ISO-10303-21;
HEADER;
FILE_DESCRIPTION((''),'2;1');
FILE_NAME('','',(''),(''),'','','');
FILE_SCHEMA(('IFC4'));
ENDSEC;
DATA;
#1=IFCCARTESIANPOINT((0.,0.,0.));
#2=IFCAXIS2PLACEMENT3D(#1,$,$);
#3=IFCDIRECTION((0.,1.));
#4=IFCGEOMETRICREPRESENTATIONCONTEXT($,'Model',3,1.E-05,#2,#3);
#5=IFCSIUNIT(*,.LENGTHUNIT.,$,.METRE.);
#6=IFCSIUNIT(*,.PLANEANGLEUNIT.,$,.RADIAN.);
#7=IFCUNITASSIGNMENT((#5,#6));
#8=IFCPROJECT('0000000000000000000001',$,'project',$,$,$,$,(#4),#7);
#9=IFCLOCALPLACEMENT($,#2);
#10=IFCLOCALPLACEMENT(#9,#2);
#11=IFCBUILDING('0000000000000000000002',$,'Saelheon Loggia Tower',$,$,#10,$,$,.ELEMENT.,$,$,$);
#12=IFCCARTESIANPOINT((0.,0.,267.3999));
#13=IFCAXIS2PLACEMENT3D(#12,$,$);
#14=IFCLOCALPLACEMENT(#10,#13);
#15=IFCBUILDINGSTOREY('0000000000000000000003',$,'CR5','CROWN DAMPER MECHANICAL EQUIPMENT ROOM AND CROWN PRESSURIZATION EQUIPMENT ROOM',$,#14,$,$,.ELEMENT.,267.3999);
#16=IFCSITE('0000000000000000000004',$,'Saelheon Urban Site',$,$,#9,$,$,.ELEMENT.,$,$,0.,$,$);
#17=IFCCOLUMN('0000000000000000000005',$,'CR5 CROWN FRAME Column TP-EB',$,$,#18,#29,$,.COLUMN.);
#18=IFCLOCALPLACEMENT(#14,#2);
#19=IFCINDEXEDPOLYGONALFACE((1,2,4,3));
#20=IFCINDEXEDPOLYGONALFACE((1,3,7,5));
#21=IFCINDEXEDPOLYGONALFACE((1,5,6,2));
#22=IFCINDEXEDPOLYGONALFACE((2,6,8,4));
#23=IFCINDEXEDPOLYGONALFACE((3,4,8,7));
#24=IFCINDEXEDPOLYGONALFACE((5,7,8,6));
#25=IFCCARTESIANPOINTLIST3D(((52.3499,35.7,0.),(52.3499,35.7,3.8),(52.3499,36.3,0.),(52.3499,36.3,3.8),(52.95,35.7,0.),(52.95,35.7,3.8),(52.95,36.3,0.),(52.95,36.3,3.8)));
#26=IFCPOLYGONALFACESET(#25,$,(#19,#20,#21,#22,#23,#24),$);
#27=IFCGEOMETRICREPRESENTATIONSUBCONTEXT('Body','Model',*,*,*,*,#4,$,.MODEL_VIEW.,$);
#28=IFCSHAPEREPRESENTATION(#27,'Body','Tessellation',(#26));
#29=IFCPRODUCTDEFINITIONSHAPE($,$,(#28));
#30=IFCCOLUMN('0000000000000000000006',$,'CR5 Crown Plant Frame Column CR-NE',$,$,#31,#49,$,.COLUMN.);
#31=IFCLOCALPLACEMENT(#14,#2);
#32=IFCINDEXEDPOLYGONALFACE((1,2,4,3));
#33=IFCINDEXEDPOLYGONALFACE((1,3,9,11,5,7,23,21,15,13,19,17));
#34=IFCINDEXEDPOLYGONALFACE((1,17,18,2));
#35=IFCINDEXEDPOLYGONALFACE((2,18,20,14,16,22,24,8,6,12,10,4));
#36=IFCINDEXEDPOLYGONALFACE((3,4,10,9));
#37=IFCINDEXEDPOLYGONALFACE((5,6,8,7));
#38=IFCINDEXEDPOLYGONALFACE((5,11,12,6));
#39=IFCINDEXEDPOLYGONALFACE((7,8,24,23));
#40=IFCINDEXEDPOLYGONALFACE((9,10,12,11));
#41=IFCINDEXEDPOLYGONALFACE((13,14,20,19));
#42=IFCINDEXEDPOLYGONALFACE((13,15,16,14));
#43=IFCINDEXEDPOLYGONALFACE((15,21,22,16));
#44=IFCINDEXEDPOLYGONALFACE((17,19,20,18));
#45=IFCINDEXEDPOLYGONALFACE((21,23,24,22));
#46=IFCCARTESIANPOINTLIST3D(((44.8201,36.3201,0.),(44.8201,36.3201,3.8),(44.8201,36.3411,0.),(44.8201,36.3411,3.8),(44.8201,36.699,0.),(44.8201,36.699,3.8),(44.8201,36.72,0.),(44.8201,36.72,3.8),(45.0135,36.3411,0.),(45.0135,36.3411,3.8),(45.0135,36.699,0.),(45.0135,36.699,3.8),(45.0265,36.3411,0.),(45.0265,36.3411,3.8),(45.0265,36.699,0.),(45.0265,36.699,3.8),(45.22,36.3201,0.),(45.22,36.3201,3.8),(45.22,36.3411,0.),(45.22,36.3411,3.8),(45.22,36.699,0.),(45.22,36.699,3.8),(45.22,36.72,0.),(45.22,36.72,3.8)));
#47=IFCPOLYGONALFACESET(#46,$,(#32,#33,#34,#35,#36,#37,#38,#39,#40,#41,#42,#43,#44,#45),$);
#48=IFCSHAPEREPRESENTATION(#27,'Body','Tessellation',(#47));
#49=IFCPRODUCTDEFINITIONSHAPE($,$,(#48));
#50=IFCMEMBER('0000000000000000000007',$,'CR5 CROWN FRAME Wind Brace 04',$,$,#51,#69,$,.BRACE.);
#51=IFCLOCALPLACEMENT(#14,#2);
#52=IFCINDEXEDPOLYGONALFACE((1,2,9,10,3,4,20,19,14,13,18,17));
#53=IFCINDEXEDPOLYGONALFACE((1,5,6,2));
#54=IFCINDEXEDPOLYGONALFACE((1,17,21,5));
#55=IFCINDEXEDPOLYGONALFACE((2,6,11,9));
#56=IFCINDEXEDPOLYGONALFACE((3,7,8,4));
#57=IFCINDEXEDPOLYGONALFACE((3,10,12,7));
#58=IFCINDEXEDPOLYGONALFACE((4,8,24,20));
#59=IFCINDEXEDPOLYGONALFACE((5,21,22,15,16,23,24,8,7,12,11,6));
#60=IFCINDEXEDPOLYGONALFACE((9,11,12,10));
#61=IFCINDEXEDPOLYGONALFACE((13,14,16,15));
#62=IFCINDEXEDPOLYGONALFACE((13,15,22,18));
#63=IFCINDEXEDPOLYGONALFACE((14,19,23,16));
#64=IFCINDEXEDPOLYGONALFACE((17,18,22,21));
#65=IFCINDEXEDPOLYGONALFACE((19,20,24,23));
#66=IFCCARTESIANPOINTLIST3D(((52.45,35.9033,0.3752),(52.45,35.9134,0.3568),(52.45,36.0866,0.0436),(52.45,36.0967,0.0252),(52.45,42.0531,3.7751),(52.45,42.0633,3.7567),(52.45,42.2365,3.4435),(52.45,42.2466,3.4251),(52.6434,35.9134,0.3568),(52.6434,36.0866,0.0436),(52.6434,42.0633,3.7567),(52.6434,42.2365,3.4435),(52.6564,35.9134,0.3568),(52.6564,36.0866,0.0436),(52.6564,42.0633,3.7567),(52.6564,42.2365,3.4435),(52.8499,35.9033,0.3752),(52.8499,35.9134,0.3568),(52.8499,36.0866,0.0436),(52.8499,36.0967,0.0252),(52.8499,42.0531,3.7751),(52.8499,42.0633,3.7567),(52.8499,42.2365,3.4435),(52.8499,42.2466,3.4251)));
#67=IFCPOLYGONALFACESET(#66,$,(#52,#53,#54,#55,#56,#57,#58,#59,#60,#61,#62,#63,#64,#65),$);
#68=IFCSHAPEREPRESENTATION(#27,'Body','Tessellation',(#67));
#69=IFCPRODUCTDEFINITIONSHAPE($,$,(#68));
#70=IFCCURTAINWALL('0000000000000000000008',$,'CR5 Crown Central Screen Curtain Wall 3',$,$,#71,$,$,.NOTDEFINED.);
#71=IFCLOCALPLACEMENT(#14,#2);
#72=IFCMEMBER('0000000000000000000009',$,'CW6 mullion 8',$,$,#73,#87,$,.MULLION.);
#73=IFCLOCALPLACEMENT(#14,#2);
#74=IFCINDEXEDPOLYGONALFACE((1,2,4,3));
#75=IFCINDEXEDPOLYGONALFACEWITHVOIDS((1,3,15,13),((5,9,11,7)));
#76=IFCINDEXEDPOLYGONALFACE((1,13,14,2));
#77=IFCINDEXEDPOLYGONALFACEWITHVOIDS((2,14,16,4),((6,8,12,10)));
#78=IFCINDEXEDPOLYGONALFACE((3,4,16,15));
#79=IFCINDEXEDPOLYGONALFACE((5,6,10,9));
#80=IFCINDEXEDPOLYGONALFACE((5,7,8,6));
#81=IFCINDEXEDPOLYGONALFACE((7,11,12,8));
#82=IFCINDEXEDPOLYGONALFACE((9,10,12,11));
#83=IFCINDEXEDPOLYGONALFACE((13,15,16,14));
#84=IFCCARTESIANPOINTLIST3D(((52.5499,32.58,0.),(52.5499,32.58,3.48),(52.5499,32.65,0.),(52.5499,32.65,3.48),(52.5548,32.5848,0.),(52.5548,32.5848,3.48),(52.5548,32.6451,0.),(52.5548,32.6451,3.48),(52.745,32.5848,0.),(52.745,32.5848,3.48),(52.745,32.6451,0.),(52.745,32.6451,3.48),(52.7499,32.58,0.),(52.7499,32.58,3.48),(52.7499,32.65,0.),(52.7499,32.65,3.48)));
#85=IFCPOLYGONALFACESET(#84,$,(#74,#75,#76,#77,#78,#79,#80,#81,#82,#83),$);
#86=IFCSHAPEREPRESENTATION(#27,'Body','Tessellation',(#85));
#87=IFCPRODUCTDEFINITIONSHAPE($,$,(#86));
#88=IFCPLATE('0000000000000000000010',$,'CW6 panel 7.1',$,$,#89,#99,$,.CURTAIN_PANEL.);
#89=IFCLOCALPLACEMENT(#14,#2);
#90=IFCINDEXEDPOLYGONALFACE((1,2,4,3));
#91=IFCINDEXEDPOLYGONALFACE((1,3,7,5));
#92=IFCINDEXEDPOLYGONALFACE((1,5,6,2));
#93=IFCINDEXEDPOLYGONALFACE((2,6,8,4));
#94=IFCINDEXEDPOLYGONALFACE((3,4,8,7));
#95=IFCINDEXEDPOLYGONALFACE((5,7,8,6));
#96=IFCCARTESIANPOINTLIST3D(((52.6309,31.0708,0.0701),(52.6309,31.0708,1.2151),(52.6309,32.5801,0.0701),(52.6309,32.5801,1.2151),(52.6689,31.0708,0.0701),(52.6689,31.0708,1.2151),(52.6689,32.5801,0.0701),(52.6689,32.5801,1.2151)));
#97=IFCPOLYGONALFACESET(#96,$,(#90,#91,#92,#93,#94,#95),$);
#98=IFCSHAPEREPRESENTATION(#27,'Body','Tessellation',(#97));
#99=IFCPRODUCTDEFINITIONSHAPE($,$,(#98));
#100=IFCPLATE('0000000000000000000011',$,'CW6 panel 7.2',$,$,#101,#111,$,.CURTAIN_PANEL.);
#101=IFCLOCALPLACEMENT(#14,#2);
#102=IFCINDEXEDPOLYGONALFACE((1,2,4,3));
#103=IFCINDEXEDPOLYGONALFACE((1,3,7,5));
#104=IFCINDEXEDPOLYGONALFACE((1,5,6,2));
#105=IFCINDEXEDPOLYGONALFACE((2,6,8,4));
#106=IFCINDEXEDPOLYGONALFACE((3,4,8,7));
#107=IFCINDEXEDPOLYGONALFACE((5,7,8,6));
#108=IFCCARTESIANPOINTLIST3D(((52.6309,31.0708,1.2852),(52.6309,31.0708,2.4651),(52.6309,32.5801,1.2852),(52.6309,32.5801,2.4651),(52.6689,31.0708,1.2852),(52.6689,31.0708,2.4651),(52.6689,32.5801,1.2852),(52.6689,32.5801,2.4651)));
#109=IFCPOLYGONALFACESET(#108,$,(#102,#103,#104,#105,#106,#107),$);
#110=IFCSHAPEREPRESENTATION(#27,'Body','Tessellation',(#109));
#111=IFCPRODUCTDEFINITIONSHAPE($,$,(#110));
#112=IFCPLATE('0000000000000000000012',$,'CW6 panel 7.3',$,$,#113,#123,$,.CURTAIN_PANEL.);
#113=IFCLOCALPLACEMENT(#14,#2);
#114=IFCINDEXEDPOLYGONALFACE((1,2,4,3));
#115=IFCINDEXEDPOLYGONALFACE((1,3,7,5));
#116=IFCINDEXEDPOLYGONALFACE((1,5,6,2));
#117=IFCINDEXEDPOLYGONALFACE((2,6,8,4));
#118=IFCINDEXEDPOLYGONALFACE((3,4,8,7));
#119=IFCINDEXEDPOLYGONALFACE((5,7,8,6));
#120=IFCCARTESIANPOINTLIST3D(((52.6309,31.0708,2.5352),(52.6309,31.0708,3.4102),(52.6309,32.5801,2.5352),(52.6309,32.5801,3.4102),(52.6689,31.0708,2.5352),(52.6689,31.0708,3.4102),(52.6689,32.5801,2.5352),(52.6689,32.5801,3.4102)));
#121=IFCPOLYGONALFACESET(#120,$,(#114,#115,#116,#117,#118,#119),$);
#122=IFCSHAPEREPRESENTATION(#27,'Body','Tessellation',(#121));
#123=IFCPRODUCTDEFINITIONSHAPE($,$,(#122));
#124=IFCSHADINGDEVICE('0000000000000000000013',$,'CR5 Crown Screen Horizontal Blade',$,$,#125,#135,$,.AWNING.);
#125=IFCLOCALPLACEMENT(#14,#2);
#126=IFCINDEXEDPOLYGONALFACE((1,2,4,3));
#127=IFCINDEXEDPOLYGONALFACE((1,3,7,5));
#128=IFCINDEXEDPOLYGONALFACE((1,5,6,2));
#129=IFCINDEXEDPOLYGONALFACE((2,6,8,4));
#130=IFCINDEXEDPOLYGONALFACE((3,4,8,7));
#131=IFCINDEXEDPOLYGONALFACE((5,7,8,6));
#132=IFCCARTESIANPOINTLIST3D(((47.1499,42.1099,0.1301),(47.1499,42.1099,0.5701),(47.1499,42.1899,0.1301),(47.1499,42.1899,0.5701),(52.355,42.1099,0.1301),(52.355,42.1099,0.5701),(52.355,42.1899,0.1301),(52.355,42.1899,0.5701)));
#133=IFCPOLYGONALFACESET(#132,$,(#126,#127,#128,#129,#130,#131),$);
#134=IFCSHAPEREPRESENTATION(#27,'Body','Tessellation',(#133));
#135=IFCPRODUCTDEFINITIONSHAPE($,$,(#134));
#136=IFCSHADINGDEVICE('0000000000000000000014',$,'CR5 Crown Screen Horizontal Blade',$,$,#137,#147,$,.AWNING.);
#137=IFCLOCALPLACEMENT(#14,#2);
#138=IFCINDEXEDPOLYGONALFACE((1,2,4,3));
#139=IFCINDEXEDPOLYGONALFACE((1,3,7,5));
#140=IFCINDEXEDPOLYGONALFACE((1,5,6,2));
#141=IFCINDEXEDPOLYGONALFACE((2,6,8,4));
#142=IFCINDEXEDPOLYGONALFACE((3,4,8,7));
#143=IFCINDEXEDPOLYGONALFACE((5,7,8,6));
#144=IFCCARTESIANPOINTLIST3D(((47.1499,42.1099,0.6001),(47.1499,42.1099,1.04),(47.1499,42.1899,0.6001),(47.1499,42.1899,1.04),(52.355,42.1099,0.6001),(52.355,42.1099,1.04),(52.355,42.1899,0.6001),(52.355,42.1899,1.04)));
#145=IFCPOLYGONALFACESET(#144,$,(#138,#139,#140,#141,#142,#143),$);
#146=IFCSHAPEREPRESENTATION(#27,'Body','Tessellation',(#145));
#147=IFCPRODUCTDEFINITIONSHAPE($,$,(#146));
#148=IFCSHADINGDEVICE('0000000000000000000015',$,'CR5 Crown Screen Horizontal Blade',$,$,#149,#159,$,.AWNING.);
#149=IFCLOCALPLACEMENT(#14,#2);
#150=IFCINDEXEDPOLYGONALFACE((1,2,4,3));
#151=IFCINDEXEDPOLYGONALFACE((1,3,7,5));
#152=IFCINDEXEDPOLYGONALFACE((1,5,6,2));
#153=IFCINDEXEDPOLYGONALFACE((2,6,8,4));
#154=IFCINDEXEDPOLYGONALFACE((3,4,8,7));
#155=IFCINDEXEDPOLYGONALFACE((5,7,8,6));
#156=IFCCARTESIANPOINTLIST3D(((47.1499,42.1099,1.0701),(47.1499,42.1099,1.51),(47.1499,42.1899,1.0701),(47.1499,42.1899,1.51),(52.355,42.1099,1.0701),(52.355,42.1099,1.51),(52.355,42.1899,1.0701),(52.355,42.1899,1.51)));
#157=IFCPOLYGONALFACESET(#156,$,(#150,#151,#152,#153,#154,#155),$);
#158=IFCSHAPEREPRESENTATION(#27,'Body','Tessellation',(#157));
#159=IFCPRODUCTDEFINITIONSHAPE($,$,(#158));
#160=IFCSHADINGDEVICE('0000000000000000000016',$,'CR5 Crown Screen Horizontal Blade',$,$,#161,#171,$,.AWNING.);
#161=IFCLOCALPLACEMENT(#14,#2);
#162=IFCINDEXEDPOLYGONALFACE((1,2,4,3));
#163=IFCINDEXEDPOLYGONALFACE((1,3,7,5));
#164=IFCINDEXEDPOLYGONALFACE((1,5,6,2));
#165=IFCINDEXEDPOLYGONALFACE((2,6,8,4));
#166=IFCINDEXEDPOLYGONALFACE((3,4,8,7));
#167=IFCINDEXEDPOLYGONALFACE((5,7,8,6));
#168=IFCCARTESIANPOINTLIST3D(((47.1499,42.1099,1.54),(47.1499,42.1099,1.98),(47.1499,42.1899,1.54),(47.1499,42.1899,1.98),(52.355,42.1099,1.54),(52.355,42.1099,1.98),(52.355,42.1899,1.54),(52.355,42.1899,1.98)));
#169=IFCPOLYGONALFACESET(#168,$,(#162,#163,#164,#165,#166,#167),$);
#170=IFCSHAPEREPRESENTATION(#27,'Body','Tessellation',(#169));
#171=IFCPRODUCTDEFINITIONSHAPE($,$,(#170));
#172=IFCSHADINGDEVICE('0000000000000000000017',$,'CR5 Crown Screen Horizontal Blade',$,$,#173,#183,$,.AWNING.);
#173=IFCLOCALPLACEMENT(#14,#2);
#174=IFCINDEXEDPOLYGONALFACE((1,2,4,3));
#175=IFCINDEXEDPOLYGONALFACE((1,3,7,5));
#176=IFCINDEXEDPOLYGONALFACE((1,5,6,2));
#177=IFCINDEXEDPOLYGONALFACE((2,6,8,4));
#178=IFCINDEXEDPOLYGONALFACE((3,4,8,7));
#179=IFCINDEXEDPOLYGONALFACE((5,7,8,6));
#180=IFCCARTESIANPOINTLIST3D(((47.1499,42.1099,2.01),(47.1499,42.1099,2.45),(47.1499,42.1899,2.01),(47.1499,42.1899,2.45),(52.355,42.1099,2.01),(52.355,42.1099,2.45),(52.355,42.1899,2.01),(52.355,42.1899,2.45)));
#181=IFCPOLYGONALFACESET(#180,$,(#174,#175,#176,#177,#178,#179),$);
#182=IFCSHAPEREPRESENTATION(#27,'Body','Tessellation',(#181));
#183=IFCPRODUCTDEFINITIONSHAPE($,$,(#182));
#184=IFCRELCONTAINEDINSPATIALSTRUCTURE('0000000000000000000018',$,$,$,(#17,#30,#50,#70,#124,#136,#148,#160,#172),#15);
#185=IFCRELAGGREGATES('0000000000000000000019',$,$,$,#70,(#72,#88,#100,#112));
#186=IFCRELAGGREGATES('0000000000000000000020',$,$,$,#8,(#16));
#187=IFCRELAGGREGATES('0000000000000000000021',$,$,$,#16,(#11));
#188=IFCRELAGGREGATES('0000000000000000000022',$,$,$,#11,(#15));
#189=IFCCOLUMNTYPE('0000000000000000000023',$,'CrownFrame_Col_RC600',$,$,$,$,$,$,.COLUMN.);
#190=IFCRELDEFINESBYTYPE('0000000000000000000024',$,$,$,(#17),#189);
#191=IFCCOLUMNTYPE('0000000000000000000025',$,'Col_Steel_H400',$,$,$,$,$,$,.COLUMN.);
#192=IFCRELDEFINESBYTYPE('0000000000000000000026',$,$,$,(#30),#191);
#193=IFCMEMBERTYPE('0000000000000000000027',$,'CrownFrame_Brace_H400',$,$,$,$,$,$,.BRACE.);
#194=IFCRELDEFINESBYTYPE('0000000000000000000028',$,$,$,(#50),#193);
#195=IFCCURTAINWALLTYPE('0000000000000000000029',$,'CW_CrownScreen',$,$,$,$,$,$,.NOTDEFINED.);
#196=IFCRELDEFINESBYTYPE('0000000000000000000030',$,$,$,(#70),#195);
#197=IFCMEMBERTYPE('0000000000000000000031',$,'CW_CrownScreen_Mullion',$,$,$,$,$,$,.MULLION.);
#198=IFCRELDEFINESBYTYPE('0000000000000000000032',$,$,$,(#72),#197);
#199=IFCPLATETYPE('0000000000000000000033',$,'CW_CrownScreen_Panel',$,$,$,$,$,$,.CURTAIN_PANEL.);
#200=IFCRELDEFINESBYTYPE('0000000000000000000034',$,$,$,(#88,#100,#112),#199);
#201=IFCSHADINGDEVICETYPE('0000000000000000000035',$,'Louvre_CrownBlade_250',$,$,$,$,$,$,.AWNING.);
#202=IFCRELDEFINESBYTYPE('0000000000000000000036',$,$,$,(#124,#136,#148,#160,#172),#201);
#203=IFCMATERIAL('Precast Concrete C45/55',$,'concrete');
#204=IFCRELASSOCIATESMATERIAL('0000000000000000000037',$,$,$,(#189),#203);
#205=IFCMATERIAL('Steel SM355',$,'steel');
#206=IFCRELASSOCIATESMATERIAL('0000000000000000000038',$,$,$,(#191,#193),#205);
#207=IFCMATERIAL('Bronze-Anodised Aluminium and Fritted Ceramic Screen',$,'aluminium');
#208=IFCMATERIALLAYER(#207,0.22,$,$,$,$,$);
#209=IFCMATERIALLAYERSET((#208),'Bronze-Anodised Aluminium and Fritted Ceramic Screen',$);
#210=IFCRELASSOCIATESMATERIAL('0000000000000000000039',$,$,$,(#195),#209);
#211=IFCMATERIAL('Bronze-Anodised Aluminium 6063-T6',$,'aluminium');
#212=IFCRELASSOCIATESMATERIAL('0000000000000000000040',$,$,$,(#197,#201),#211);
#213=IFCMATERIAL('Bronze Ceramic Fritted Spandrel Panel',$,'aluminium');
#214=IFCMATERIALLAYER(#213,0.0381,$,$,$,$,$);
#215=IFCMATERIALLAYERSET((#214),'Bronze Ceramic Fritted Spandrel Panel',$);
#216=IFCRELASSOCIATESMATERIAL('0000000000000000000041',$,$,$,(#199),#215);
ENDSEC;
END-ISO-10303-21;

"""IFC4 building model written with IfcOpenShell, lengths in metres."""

from ifc_helpers import new_model, si_unit, direction, frame, origin, origin_2d, place, context, subcontext, project, spatial, rectangle, hollow_rectangle, i_section, extrude, source, transform, mapped, material, layer, layer_set, material_profile, profile_set, type_object, element, aggregate, save


model = new_model("IFC4")

# Units and contexts
model_context = context("Model", 3, precision=1e-05, world=origin(), true_north=direction((0.0, 1.0)))
body_context = subcontext(model_context, "Body", "Model", "MODEL_VIEW")
ifc_project = project(units=[si_unit("LENGTHUNIT", "METRE"), si_unit("PLANEANGLEUNIT", "RADIAN")], contexts=[model_context])

# Site, building, storey
site_placement = place(None, origin())
site = spatial("IfcSite", under=ifc_project, at=site_placement, Name="Saelheon Urban Site", CompositionType="ELEMENT", RefElevation=0.0)
building_placement = place(site_placement, origin())
building = spatial("IfcBuilding", under=site, at=building_placement, Name="Saelheon Loggia Tower", CompositionType="ELEMENT")
storey_placement = place(building_placement, frame((0.0, 0.0, 267.3999)))
storey = spatial("IfcBuildingStorey", under=building, at=storey_placement, Name="CR5", Description="CROWN DAMPER MECHANICAL EQUIPMENT ROOM AND CROWN PRESSURIZATION EQUIPMENT ROOM", CompositionType="ELEMENT", Elevation=267.3999)

# Columns
ifc_material_1 = material(Name="Precast Concrete C45/55", Category="concrete")
ifc_material_profile_1 = material_profile(ifc_material_1, rectangle(XDim=0.6001, YDim=0.6001, at=origin_2d()), Name="RC-600x600")
ifc_profile_set_1 = profile_set([ifc_material_profile_1], Name="Precast Concrete C45/55")
column_type_1 = type_object("IfcColumnType", Name="CrownFrame_Col_RC600", PredefinedType="COLUMN", material=ifc_profile_set_1)
shared_shape_1 = source(origin(), body_context, "Body", "SweptSolid", [
    extrude(rectangle(XDim=0.6001, YDim=0.6001, at=origin_2d()), origin(), (0.0, 0.0, 1.0), 3.8),
])
column_1_placement = place(storey_placement, frame((52.6499, 36.0, 0.0), z_axis=(0.0, 0.0, 1.0), x_axis=(1.0, 0.0, 0.0)))
element("IfcColumn", 1, at=column_1_placement, inside=storey, type_object=column_type_1, Name="CR5 CROWN FRAME Column TP-EB", PredefinedType="COLUMN", context=body_context, shape_type="MappedRepresentation", body=[
    mapped(shared_shape_1, transform((0.0, 0.0, 0.0), scale=1.0)),
])
ifc_material_2 = material(Name="Steel SM355", Category="steel")
ifc_material_profile_2 = material_profile(ifc_material_2, i_section(OverallWidth=0.3999, OverallDepth=0.3999, WebThickness=0.0129, FlangeThickness=0.021, at=origin_2d()), Name="H-400x400x13x21")
ifc_profile_set_2 = profile_set([ifc_material_profile_2], Name="Steel SM355")
column_type_2 = type_object("IfcColumnType", Name="Col_Steel_H400", PredefinedType="COLUMN", material=ifc_profile_set_2)
shared_shape_2 = source(origin(), body_context, "Body", "SweptSolid", [
    extrude(i_section(OverallWidth=0.3999, OverallDepth=0.3999, WebThickness=0.0129, FlangeThickness=0.021, at=origin_2d()), origin(), (0.0, 0.0, 1.0), 3.8),
])
column_2_placement = place(storey_placement, frame((45.02, 36.52, 0.0), z_axis=(0.0, 0.0, 1.0), x_axis=(1.0, 0.0, 0.0)))
element("IfcColumn", 2, at=column_2_placement, inside=storey, type_object=column_type_2, Name="CR5 Crown Plant Frame Column CR-NE", PredefinedType="COLUMN", context=body_context, shape_type="MappedRepresentation", body=[
    mapped(shared_shape_2, transform((0.0, 0.0, 0.0), scale=1.0)),
])

# Member
ifc_material_profile_3 = material_profile(ifc_material_2, i_section(OverallWidth=0.3999, OverallDepth=0.3999, WebThickness=0.0129, FlangeThickness=0.021, at=origin_2d()), Name="H-400x400x13x21")
ifc_profile_set_3 = profile_set([ifc_material_profile_3], Name="Steel SM355")
member_type_1 = type_object("IfcMemberType", Name="CrownFrame_Brace_H400", PredefinedType="BRACE", material=ifc_profile_set_3)
shared_shape_3 = source(origin(), body_context, "Body", "SweptSolid", [
    extrude(i_section(OverallWidth=0.3999, OverallDepth=0.3999, WebThickness=0.0129, FlangeThickness=0.021, at=origin_2d()), origin(), (0.0, 0.0, 1.0), 7.0271),
])
member_1_placement = place(storey_placement, frame((52.6499, 36.0, 0.2002), z_axis=(0.0, 0.875165, 0.483825), x_axis=(-1.0, 0.0, 0.0)))
element("IfcMember", 3, at=member_1_placement, inside=storey, type_object=member_type_1, Name="CR5 CROWN FRAME Wind Brace 04", PredefinedType="BRACE", context=body_context, shape_type="MappedRepresentation", body=[
    mapped(shared_shape_3, transform((0.0, 0.0, 0.0), scale=1.0)),
])

# Curtain wall, member, plates
ifc_material_3 = material(Name="Bronze-Anodised Aluminium and Fritted Ceramic Screen", Category="aluminium")
ifc_layer_1 = layer(ifc_material_3, 0.22)
ifc_layer_set_1 = layer_set([ifc_layer_1], Name="Bronze-Anodised Aluminium and Fritted Ceramic Screen")
curtain_wall_type = type_object("IfcCurtainWallType", Name="CW_CrownScreen", PredefinedType="NOTDEFINED", material=ifc_layer_set_1)
curtain_wall_placement = place(storey_placement, origin())
curtain_wall = element("IfcCurtainWall", 4, at=curtain_wall_placement, inside=storey, type_object=curtain_wall_type, Name="CR5 Crown Central Screen Curtain Wall 3", PredefinedType="NOTDEFINED")
ifc_material_4 = material(Name="Bronze-Anodised Aluminium 6063-T6", Category="aluminium")
ifc_material_profile_4 = material_profile(ifc_material_4, hollow_rectangle(XDim=0.0701, YDim=0.2, WallThickness=0.0049, at=origin_2d()), Name="RHS-200x70x5")
ifc_profile_set_4 = profile_set([ifc_material_profile_4], Name="Bronze-Anodised Aluminium 6063-T6")
member_type_2 = type_object("IfcMemberType", Name="CW_CrownScreen_Mullion", PredefinedType="MULLION", material=ifc_profile_set_4)
shared_shape_4 = source(origin(), body_context, "Body", "SweptSolid", [
    extrude(hollow_rectangle(XDim=0.0701, YDim=0.2, WallThickness=0.0049, at=origin_2d()), origin(), (0.0, 0.0, 1.0), 3.48),
])
member_2_placement = place(storey_placement, frame((52.6499, 32.615, 0.0), z_axis=(0.0, 0.0, 1.0), x_axis=(0.0, 1.0, 0.0)))
member_2 = element("IfcMember", 5, at=member_2_placement, type_object=member_type_2, Name="CW6 mullion 8", PredefinedType="MULLION", context=body_context, shape_type="MappedRepresentation", body=[
    mapped(shared_shape_4, transform((0.0, 0.0, 0.0), scale=1.0)),
])
ifc_material_5 = material(Name="Bronze Ceramic Fritted Spandrel Panel", Category="aluminium")
ifc_layer_2 = layer(ifc_material_5, 0.0381)
ifc_layer_set_2 = layer_set([ifc_layer_2], Name="Bronze Ceramic Fritted Spandrel Panel")
plate_type = type_object("IfcPlateType", Name="CW_CrownScreen_Panel", PredefinedType="CURTAIN_PANEL", material=ifc_layer_set_2)
shared_shape_5 = source(origin(), body_context, "Body", "SweptSolid", [
    extrude(rectangle(XDim=1.5093, YDim=0.0381, at=origin_2d()), origin(), (0.0, 0.0, 1.0), 1.145),
])
plate_1_placement = place(storey_placement, frame((52.6499, 31.8254, 0.0701), z_axis=(0.0, 0.0, 1.0), x_axis=(0.0, 1.0, 0.0)))
plate_1 = element("IfcPlate", 6, at=plate_1_placement, type_object=plate_type, Name="CW6 panel 7.1", PredefinedType="CURTAIN_PANEL", context=body_context, shape_type="MappedRepresentation", body=[
    mapped(shared_shape_5, transform((0.0, 0.0, 0.0), scale=1.0)),
])
shared_shape_6 = source(origin(), body_context, "Body", "SweptSolid", [
    extrude(rectangle(XDim=1.5093, YDim=0.0381, at=origin_2d()), origin(), (0.0, 0.0, 1.0), 1.1799),
])
plate_2_placement = place(storey_placement, frame((52.6499, 31.8254, 1.2852), z_axis=(0.0, 0.0, 1.0), x_axis=(0.0, 1.0, 0.0)))
plate_2 = element("IfcPlate", 7, at=plate_2_placement, type_object=plate_type, Name="CW6 panel 7.2", PredefinedType="CURTAIN_PANEL", context=body_context, shape_type="MappedRepresentation", body=[
    mapped(shared_shape_6, transform((0.0, 0.0, 0.0), scale=1.0)),
])
shared_shape_7 = source(origin(), body_context, "Body", "SweptSolid", [
    extrude(rectangle(XDim=1.5093, YDim=0.0381, at=origin_2d()), origin(), (0.0, 0.0, 1.0), 0.875),
])
plate_3_placement = place(storey_placement, frame((52.6499, 31.8254, 2.5352), z_axis=(0.0, 0.0, 1.0), x_axis=(0.0, 1.0, 0.0)))
plate_3 = element("IfcPlate", 8, at=plate_3_placement, type_object=plate_type, Name="CW6 panel 7.3", PredefinedType="CURTAIN_PANEL", context=body_context, shape_type="MappedRepresentation", body=[
    mapped(shared_shape_7, transform((0.0, 0.0, 0.0), scale=1.0)),
])
aggregate(curtain_wall, [member_2, plate_1, plate_2, plate_3])

# Shading devices
ifc_material_profile_5 = material_profile(ifc_material_4, rectangle(XDim=0.0801, YDim=0.4399, at=origin_2d()), Name="Louvre_CrownBlade_250")
ifc_profile_set_5 = profile_set([ifc_material_profile_5], Name="Bronze-Anodised Aluminium 6063-T6")
shading_device_type = type_object("IfcShadingDeviceType", Name="Louvre_CrownBlade_250", PredefinedType="AWNING", material=ifc_profile_set_5)
shared_shape_8 = source(origin(), body_context, "Body", "SweptSolid", [
    extrude(rectangle(XDim=0.0801, YDim=0.4399, at=origin_2d()), origin(), (0.0, 0.0, 1.0), 5.2051),
])
for number, where, z_axis, x_axis, name in (
    (9, (52.355, 42.1499, 0.3501), (-1.0, 0.0, 0.0), (0.0, -1.0, 0.0), "CR5 Crown Screen Horizontal Blade"),
    (10, (52.355, 42.1499, 0.8201), (-1.0, 0.0, 0.0), (0.0, -1.0, 0.0), "CR5 Crown Screen Horizontal Blade"),
    (11, (52.355, 42.1499, 1.29), (-1.0, 0.0, 0.0), (0.0, -1.0, 0.0), "CR5 Crown Screen Horizontal Blade"),
    (12, (52.355, 42.1499, 1.76), (-1.0, 0.0, 0.0), (0.0, -1.0, 0.0), "CR5 Crown Screen Horizontal Blade"),
    (13, (52.355, 42.1499, 2.23), (-1.0, 0.0, 0.0), (0.0, -1.0, 0.0), "CR5 Crown Screen Horizontal Blade"),
):
    element("IfcShadingDevice", number, at=place(storey_placement, frame(where, z_axis=z_axis, x_axis=x_axis)), inside=storey, type_object=shading_device_type, Name=name, PredefinedType="AWNING", context=body_context, shape_type="MappedRepresentation", body=[
        mapped(shared_shape_8, transform((0.0, 0.0, 0.0), scale=1.0)),
    ])

save(model, "model.ifc")
